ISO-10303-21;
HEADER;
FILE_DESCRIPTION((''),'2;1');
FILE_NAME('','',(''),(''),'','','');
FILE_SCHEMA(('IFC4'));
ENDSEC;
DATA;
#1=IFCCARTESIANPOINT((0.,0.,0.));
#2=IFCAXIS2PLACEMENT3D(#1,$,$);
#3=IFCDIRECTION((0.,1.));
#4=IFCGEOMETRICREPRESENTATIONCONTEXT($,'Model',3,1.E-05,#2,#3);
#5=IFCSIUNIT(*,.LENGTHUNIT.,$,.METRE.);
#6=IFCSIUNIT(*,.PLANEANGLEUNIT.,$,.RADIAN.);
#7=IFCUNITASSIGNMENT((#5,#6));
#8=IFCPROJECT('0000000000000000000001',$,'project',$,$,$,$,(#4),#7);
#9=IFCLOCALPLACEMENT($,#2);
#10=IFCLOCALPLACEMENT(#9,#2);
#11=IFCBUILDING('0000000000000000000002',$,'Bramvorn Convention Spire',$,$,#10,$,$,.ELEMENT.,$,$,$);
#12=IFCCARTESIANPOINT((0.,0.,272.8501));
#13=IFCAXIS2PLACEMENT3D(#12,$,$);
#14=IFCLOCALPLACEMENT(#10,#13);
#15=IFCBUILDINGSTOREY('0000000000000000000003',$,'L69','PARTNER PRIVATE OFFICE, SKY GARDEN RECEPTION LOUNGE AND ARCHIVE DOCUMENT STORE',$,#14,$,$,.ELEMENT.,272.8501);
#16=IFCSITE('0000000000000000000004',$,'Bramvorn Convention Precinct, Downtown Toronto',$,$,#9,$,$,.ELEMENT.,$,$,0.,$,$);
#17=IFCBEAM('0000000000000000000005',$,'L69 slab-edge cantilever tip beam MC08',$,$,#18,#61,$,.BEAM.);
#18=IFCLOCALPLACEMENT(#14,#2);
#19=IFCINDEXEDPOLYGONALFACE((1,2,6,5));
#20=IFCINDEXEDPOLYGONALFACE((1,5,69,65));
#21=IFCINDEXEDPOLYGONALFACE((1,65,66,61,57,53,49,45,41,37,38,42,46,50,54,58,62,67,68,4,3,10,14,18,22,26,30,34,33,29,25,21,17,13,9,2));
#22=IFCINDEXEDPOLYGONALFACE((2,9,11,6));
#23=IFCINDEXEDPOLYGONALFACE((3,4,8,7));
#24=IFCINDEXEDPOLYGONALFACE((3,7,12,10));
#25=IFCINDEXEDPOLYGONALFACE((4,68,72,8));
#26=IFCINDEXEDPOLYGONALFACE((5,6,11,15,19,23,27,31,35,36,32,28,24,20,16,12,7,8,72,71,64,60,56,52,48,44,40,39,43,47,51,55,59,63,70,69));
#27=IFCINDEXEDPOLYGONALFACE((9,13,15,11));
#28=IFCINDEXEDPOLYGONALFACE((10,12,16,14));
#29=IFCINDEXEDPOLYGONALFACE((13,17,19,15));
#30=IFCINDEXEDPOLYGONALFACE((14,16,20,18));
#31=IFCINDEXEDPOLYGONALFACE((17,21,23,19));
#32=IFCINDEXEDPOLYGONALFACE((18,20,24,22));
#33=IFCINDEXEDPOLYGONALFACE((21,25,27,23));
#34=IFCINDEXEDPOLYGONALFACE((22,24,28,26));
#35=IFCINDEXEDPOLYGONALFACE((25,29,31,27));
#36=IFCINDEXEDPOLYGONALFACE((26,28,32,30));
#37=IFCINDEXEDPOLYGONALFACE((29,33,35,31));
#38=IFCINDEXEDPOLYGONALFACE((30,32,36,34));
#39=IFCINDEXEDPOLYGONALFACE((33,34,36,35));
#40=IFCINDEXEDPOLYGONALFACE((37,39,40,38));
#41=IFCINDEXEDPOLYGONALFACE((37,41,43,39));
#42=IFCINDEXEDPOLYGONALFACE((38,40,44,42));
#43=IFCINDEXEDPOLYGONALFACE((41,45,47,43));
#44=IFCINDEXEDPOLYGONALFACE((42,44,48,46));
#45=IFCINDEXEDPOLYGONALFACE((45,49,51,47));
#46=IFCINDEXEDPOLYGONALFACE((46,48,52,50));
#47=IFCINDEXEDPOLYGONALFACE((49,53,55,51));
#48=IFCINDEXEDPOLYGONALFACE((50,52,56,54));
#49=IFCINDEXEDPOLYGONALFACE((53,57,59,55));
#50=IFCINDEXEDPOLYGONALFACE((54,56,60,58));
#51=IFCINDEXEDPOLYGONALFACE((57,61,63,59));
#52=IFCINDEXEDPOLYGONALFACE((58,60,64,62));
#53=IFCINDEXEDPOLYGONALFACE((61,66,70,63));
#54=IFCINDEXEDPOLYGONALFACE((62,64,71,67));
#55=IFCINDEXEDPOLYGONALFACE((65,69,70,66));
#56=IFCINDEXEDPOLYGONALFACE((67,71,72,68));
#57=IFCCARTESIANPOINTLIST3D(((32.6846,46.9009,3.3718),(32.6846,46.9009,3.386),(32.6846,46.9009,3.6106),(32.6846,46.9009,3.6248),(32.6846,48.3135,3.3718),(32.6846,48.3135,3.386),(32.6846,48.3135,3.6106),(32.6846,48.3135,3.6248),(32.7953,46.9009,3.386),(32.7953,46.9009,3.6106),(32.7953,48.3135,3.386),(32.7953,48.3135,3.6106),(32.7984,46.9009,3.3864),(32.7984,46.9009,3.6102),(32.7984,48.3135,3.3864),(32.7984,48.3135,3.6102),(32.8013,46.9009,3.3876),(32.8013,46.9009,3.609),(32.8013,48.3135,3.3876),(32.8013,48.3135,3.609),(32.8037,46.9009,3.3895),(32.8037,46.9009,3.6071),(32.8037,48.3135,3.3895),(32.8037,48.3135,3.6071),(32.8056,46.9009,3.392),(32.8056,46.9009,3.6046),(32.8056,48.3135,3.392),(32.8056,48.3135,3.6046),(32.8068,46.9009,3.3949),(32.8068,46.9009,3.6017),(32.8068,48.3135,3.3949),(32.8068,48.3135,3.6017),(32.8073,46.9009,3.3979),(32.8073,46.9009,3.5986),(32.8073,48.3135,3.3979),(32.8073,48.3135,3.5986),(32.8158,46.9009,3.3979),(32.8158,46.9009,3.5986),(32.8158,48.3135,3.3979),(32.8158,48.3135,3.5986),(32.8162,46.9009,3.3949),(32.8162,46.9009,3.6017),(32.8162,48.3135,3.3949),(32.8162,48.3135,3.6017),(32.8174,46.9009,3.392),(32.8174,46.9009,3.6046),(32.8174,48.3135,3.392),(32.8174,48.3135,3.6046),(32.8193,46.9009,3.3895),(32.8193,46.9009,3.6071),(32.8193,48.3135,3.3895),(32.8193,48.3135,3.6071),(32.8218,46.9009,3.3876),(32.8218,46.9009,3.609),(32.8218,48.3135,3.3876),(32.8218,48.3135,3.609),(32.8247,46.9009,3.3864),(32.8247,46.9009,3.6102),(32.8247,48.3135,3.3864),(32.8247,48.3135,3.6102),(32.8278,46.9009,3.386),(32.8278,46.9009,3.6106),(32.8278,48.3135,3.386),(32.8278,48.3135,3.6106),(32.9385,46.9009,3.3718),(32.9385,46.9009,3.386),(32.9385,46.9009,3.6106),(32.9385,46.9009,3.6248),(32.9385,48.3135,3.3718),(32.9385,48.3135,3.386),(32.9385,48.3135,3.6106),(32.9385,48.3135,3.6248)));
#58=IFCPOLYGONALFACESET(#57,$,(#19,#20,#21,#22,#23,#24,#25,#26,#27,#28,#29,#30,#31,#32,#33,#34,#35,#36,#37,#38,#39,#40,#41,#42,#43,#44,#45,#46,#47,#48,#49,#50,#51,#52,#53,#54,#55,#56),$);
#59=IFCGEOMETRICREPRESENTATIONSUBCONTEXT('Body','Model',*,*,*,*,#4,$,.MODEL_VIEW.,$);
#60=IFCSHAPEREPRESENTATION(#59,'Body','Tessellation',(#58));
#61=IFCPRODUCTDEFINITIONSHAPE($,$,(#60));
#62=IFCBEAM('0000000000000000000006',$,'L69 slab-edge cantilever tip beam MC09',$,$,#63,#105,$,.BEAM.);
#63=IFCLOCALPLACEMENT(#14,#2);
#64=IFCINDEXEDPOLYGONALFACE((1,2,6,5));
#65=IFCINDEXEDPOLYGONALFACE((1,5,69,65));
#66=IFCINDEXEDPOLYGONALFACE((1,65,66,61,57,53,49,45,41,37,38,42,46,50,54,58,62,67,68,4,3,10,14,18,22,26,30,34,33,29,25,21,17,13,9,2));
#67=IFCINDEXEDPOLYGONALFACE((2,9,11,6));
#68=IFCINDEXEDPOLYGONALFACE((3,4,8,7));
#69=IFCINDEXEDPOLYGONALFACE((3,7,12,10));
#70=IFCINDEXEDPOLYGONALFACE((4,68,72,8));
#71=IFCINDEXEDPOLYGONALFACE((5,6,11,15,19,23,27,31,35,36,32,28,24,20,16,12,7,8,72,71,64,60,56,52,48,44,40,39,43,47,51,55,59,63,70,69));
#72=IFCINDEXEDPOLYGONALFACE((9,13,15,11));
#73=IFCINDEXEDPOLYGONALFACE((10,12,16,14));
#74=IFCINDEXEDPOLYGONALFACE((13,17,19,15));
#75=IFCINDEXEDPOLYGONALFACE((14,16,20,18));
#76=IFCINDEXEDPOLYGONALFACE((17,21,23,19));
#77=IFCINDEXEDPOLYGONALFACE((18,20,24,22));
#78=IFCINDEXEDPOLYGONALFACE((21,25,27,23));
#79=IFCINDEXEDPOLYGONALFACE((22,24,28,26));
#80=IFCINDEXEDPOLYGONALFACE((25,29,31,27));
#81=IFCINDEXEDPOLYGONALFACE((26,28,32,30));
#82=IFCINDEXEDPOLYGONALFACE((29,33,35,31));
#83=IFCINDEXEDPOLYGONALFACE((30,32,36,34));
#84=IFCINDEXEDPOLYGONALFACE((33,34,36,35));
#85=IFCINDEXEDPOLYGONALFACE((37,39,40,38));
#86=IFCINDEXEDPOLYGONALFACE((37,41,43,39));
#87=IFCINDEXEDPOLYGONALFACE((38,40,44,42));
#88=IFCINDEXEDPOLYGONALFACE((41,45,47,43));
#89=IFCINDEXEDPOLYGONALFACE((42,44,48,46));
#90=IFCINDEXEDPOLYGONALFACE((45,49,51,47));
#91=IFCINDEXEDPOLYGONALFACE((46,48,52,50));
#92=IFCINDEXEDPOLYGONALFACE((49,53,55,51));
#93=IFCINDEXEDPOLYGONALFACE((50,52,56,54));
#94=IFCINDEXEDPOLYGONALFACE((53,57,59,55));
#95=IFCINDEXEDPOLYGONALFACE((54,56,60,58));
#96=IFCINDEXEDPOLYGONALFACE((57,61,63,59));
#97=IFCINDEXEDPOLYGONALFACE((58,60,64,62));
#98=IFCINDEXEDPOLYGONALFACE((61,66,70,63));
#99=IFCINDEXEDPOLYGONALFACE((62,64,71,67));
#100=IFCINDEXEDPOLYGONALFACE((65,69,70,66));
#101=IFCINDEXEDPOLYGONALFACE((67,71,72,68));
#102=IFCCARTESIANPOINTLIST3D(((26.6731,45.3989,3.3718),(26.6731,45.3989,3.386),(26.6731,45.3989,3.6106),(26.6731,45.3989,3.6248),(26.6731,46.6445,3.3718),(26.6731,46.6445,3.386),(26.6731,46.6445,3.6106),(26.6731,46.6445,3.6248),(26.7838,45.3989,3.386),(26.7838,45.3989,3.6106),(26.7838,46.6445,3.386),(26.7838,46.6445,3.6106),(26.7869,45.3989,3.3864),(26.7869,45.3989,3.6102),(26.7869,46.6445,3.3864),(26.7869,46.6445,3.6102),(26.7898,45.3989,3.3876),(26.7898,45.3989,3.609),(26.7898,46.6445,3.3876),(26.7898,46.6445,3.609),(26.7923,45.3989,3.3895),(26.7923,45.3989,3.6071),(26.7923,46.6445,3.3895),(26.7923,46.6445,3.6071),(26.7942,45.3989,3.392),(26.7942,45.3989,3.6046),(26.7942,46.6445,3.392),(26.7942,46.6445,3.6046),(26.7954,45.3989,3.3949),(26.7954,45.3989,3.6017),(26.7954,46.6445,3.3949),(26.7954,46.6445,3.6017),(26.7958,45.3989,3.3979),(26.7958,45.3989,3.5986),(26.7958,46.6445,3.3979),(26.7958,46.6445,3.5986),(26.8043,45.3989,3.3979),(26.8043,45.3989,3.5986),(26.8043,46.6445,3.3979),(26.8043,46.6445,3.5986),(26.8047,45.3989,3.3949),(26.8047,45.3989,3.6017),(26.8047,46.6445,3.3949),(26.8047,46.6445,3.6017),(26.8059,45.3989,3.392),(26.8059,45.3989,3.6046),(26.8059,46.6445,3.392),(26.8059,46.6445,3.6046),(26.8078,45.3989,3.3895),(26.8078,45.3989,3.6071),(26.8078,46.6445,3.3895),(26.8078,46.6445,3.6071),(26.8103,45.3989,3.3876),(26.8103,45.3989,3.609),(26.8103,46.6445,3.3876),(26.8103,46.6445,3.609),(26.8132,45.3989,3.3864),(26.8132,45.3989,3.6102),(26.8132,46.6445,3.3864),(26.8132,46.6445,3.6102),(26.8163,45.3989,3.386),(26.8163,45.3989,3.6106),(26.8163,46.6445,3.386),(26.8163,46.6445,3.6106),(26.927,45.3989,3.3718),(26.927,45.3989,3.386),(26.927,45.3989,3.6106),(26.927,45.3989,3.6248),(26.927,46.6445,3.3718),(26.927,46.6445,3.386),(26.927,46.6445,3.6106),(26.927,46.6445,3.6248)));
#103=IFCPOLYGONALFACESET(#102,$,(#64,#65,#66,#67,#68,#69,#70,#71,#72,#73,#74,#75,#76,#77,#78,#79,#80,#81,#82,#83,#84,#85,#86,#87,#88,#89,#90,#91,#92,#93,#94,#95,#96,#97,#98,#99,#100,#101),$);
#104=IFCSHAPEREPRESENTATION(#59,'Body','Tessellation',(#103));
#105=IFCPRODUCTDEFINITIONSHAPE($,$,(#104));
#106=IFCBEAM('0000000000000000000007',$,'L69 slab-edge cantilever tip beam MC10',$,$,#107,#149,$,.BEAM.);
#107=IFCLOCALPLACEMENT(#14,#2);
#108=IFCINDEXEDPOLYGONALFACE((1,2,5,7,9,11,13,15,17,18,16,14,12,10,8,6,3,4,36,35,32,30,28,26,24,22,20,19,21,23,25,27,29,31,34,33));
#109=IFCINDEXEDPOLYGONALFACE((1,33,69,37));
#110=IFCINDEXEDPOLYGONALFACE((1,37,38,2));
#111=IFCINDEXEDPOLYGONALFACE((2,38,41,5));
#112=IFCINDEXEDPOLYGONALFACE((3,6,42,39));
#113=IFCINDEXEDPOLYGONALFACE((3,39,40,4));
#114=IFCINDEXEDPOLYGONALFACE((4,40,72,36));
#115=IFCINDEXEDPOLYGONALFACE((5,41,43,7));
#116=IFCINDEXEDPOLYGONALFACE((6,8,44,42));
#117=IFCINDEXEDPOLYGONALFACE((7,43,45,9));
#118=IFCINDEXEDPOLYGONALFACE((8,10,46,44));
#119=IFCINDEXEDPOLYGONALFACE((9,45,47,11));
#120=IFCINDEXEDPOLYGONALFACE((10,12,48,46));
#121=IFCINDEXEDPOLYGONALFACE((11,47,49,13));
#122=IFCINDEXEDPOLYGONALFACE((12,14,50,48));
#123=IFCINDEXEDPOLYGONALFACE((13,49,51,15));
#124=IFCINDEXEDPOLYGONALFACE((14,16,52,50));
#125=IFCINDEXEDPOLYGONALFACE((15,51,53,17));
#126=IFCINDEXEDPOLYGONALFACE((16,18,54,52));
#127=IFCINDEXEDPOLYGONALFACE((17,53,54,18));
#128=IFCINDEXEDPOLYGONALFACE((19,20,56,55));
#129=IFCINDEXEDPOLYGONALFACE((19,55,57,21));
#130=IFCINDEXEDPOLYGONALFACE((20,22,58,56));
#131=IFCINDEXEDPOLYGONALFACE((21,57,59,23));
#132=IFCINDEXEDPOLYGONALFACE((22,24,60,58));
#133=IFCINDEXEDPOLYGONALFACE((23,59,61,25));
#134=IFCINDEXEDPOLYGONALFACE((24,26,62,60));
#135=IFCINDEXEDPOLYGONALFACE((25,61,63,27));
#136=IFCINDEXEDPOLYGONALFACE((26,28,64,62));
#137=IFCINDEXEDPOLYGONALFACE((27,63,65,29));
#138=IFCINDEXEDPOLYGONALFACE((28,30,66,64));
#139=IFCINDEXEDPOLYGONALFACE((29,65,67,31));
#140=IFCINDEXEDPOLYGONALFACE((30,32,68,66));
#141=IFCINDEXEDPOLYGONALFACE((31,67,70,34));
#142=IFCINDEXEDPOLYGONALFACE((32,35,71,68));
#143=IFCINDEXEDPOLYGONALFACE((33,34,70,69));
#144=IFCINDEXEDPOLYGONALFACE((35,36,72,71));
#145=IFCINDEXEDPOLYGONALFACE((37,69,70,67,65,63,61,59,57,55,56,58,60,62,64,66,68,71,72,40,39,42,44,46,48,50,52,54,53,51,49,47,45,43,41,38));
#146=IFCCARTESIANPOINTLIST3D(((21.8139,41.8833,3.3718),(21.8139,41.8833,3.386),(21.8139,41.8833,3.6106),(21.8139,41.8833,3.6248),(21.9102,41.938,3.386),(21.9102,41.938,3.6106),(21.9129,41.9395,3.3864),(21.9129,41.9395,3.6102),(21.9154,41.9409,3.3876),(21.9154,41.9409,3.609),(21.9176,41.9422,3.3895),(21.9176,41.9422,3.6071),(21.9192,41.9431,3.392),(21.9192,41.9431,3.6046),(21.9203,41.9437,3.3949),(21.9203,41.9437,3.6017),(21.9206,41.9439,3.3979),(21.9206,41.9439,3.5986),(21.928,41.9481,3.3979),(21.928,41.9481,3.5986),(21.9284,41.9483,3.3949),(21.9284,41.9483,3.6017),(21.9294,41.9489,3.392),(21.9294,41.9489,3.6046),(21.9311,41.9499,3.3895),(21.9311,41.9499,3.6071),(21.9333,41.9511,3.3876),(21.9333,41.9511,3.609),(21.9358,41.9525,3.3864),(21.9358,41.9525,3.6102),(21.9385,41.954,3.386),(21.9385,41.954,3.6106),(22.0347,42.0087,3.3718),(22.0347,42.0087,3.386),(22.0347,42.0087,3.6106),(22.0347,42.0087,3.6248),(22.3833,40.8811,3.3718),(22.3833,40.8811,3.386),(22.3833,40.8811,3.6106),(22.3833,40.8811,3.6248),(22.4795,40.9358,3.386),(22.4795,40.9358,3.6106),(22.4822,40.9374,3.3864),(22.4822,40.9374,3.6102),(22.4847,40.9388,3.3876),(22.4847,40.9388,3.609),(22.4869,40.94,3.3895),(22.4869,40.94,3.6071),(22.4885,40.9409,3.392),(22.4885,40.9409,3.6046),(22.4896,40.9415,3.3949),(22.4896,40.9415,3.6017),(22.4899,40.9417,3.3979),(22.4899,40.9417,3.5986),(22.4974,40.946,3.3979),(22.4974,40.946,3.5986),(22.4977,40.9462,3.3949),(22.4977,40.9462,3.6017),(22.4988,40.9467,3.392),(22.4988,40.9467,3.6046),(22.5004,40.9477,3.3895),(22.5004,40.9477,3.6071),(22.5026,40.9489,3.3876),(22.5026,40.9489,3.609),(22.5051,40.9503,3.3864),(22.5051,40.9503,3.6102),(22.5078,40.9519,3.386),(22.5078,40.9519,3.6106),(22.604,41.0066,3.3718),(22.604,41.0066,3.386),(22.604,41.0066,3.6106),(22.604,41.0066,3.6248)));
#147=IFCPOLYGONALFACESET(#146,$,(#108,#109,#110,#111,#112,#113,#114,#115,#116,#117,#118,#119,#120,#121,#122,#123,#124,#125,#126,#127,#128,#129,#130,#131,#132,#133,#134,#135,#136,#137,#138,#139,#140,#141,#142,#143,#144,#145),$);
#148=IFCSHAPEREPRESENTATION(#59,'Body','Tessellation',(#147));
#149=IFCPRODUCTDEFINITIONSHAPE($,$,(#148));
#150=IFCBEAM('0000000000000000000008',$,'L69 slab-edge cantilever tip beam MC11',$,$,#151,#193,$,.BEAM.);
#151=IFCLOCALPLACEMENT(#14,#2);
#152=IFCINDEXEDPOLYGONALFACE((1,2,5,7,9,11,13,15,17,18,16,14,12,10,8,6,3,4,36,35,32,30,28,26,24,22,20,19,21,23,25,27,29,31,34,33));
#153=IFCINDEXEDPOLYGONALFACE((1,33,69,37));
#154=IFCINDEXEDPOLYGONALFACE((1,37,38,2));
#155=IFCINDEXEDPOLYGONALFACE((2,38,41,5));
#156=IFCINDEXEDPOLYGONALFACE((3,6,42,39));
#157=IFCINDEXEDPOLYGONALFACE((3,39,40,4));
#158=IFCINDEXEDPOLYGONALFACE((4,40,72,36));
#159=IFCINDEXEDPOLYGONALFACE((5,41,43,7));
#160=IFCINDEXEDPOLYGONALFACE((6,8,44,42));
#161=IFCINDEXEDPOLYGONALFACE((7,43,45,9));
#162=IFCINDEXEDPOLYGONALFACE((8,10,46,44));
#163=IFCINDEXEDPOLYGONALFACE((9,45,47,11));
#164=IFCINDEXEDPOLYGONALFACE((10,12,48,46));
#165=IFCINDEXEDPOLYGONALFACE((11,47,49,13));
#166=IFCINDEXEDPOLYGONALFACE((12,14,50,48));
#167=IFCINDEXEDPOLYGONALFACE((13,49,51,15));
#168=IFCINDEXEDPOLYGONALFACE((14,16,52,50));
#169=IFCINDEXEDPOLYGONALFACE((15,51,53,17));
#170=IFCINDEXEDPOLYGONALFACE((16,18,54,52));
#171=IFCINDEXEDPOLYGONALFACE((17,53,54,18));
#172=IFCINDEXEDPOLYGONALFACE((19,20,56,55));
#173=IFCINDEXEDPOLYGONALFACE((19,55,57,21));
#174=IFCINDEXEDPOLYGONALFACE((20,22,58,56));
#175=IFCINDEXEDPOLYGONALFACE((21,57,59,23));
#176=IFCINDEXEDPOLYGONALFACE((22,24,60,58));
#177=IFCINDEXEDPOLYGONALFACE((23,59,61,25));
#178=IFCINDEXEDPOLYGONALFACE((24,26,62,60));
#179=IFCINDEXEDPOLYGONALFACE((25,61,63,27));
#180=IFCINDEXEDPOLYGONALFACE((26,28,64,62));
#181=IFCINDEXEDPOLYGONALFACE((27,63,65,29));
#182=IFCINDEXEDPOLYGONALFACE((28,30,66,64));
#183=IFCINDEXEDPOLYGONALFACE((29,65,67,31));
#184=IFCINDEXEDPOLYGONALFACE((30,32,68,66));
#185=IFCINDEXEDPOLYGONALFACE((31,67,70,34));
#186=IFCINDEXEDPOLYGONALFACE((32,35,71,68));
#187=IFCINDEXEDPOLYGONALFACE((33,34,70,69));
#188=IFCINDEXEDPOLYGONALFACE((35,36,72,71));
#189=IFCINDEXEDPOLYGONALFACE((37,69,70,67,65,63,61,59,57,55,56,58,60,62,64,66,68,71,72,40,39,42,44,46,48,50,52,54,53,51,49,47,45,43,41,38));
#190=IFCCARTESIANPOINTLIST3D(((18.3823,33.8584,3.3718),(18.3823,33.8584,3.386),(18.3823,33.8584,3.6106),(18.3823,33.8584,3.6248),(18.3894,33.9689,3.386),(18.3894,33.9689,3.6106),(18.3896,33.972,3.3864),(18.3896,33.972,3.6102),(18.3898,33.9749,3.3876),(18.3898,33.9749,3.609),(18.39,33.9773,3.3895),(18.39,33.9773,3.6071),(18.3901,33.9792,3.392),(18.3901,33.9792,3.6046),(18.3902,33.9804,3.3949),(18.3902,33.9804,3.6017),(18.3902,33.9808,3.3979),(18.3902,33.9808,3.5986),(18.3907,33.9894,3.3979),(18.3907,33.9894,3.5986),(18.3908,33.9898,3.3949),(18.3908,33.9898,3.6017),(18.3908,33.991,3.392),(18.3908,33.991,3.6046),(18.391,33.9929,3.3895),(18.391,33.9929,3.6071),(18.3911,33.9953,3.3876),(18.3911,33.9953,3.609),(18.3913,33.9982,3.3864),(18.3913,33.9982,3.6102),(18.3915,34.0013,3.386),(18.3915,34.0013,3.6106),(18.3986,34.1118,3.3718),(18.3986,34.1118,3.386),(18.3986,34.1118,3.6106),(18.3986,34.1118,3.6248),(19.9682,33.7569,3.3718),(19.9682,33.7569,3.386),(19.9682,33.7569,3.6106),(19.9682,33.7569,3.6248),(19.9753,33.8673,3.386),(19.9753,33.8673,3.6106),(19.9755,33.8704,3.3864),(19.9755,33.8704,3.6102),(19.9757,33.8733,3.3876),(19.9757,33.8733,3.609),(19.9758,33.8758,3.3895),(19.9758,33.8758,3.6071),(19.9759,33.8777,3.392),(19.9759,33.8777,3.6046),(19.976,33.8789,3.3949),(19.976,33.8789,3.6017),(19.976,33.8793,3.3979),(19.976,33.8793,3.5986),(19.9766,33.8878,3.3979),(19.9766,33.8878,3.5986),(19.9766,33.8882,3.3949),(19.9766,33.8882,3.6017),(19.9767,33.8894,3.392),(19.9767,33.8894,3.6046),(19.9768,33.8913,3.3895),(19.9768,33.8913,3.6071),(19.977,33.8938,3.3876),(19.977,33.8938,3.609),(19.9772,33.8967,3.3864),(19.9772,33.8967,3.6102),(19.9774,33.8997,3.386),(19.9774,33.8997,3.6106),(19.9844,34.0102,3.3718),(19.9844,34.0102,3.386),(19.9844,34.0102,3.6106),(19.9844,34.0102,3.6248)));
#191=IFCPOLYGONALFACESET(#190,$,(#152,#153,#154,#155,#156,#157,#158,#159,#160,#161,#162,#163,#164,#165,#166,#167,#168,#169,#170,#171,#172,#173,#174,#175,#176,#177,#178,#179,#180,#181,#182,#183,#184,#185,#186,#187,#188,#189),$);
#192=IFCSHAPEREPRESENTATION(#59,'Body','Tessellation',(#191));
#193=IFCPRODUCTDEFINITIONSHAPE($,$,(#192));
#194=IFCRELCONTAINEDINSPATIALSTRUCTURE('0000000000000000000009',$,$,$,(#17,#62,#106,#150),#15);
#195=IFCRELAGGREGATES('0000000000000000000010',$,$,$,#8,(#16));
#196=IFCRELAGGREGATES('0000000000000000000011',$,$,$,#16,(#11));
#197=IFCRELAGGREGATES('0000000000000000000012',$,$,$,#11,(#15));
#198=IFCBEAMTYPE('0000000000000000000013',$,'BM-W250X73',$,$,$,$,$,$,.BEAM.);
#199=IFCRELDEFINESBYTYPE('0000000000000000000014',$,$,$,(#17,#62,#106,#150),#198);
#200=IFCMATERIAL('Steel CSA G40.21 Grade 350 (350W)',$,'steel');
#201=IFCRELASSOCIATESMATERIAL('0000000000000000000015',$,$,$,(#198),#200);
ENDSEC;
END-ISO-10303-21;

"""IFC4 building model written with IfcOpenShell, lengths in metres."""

from ifc_helpers import new_model, si_unit, direction, frame, origin, origin_2d, place, context, subcontext, project, spatial, i_section, extrude, material, material_profile, profile_set, type_object, element, save


model = new_model("IFC4")

# Units and contexts
model_context = context("Model", 3, precision=1e-05, world=origin(), true_north=direction((0.0, 1.0)))
body_context = subcontext(model_context, "Body", "Model", "MODEL_VIEW")
ifc_project = project(units=[si_unit("LENGTHUNIT", "METRE"), si_unit("PLANEANGLEUNIT", "RADIAN")], contexts=[model_context])

# Site, building, storey
site_placement = place(None, origin())
site = spatial("IfcSite", under=ifc_project, at=site_placement, Name="Bramvorn Convention Precinct, Downtown Toronto", CompositionType="ELEMENT", RefElevation=0.0)
building_placement = place(site_placement, origin())
building = spatial("IfcBuilding", under=site, at=building_placement, Name="Bramvorn Convention Spire", CompositionType="ELEMENT")
storey_placement = place(building_placement, frame((0.0, 0.0, 272.8501)))
storey = spatial("IfcBuildingStorey", under=building, at=storey_placement, Name="L69", Description="PARTNER PRIVATE OFFICE, SKY GARDEN RECEPTION LOUNGE AND ARCHIVE DOCUMENT STORE", CompositionType="ELEMENT", Elevation=272.8501)

# Shared definitions
ifc_material_1 = material(Name="Steel CSA G40.21 Grade 350 (350W)", Category="steel")

# Beams
ifc_material_profile_1 = material_profile(ifc_material_1, i_section(OverallWidth=0.2539, OverallDepth=0.2529, WebThickness=0.0085, FlangeThickness=0.0142, FilletRadius=0.012, at=origin_2d()))
ifc_profile_set_1 = profile_set([ifc_material_profile_1], Name="Steel CSA G40.21 Grade 350 (350W) - W250X73")
beam_type_1 = type_object("IfcBeamType", Name="BM-W250X73", PredefinedType="BEAM", material=ifc_profile_set_1)
beam_1_placement = place(storey_placement, frame((32.8115, 46.9009, 3.4983), z_axis=(0.0, 1.0, 0.0), x_axis=(-1.0, 0.0, 0.0)))
element("IfcBeam", 1, at=beam_1_placement, inside=storey, type_object=beam_type_1, Name="L69 slab-edge cantilever tip beam MC08", PredefinedType="BEAM", context=body_context, shape_type="SweptSolid", body=[
    extrude(i_section(OverallWidth=0.2539, OverallDepth=0.2529, WebThickness=0.0085, FlangeThickness=0.0142, FilletRadius=0.012, at=origin_2d()), origin(), (0.0, 0.0, 1.0), 1.4126),
])
beam_2_placement = place(storey_placement, frame((26.8, 45.3989, 3.4983), z_axis=(0.0, 1.0, 0.0), x_axis=(-1.0, 0.0, 0.0)))
element("IfcBeam", 2, at=beam_2_placement, inside=storey, type_object=beam_type_1, Name="L69 slab-edge cantilever tip beam MC09", PredefinedType="BEAM", context=body_context, shape_type="SweptSolid", body=[
    extrude(i_section(OverallWidth=0.2539, OverallDepth=0.2529, WebThickness=0.0085, FlangeThickness=0.0142, FilletRadius=0.012, at=origin_2d()), origin(), (0.0, 0.0, 1.0), 1.2456),
])
beam_3_placement = place(storey_placement, frame((22.4937, 40.9438, 3.4983), z_axis=(-0.493948, 0.869492, 0.0), x_axis=(-0.869492, -0.493948, 0.0)))
element("IfcBeam", 3, at=beam_3_placement, inside=storey, type_object=beam_type_1, Name="L69 slab-edge cantilever tip beam MC10", PredefinedType="BEAM", context=body_context, shape_type="SweptSolid", body=[
    extrude(i_section(OverallWidth=0.2539, OverallDepth=0.2529, WebThickness=0.0085, FlangeThickness=0.0142, FilletRadius=0.012, at=origin_2d()), origin(), (0.0, 0.0, 1.0), 1.1526),
])
beam_4_placement = place(storey_placement, frame((19.9763, 33.8835, 3.4983), z_axis=(-0.997956, 0.063908, 0.0), x_axis=(-0.063908, -0.997956, 0.0)))
element("IfcBeam", 4, at=beam_4_placement, inside=storey, type_object=beam_type_1, Name="L69 slab-edge cantilever tip beam MC11", PredefinedType="BEAM", context=body_context, shape_type="SweptSolid", body=[
    extrude(i_section(OverallWidth=0.2539, OverallDepth=0.2529, WebThickness=0.0085, FlangeThickness=0.0142, FilletRadius=0.012, at=origin_2d()), origin(), (0.0, 0.0, 1.0), 1.5891),
])

save(model, "model.ifc")
